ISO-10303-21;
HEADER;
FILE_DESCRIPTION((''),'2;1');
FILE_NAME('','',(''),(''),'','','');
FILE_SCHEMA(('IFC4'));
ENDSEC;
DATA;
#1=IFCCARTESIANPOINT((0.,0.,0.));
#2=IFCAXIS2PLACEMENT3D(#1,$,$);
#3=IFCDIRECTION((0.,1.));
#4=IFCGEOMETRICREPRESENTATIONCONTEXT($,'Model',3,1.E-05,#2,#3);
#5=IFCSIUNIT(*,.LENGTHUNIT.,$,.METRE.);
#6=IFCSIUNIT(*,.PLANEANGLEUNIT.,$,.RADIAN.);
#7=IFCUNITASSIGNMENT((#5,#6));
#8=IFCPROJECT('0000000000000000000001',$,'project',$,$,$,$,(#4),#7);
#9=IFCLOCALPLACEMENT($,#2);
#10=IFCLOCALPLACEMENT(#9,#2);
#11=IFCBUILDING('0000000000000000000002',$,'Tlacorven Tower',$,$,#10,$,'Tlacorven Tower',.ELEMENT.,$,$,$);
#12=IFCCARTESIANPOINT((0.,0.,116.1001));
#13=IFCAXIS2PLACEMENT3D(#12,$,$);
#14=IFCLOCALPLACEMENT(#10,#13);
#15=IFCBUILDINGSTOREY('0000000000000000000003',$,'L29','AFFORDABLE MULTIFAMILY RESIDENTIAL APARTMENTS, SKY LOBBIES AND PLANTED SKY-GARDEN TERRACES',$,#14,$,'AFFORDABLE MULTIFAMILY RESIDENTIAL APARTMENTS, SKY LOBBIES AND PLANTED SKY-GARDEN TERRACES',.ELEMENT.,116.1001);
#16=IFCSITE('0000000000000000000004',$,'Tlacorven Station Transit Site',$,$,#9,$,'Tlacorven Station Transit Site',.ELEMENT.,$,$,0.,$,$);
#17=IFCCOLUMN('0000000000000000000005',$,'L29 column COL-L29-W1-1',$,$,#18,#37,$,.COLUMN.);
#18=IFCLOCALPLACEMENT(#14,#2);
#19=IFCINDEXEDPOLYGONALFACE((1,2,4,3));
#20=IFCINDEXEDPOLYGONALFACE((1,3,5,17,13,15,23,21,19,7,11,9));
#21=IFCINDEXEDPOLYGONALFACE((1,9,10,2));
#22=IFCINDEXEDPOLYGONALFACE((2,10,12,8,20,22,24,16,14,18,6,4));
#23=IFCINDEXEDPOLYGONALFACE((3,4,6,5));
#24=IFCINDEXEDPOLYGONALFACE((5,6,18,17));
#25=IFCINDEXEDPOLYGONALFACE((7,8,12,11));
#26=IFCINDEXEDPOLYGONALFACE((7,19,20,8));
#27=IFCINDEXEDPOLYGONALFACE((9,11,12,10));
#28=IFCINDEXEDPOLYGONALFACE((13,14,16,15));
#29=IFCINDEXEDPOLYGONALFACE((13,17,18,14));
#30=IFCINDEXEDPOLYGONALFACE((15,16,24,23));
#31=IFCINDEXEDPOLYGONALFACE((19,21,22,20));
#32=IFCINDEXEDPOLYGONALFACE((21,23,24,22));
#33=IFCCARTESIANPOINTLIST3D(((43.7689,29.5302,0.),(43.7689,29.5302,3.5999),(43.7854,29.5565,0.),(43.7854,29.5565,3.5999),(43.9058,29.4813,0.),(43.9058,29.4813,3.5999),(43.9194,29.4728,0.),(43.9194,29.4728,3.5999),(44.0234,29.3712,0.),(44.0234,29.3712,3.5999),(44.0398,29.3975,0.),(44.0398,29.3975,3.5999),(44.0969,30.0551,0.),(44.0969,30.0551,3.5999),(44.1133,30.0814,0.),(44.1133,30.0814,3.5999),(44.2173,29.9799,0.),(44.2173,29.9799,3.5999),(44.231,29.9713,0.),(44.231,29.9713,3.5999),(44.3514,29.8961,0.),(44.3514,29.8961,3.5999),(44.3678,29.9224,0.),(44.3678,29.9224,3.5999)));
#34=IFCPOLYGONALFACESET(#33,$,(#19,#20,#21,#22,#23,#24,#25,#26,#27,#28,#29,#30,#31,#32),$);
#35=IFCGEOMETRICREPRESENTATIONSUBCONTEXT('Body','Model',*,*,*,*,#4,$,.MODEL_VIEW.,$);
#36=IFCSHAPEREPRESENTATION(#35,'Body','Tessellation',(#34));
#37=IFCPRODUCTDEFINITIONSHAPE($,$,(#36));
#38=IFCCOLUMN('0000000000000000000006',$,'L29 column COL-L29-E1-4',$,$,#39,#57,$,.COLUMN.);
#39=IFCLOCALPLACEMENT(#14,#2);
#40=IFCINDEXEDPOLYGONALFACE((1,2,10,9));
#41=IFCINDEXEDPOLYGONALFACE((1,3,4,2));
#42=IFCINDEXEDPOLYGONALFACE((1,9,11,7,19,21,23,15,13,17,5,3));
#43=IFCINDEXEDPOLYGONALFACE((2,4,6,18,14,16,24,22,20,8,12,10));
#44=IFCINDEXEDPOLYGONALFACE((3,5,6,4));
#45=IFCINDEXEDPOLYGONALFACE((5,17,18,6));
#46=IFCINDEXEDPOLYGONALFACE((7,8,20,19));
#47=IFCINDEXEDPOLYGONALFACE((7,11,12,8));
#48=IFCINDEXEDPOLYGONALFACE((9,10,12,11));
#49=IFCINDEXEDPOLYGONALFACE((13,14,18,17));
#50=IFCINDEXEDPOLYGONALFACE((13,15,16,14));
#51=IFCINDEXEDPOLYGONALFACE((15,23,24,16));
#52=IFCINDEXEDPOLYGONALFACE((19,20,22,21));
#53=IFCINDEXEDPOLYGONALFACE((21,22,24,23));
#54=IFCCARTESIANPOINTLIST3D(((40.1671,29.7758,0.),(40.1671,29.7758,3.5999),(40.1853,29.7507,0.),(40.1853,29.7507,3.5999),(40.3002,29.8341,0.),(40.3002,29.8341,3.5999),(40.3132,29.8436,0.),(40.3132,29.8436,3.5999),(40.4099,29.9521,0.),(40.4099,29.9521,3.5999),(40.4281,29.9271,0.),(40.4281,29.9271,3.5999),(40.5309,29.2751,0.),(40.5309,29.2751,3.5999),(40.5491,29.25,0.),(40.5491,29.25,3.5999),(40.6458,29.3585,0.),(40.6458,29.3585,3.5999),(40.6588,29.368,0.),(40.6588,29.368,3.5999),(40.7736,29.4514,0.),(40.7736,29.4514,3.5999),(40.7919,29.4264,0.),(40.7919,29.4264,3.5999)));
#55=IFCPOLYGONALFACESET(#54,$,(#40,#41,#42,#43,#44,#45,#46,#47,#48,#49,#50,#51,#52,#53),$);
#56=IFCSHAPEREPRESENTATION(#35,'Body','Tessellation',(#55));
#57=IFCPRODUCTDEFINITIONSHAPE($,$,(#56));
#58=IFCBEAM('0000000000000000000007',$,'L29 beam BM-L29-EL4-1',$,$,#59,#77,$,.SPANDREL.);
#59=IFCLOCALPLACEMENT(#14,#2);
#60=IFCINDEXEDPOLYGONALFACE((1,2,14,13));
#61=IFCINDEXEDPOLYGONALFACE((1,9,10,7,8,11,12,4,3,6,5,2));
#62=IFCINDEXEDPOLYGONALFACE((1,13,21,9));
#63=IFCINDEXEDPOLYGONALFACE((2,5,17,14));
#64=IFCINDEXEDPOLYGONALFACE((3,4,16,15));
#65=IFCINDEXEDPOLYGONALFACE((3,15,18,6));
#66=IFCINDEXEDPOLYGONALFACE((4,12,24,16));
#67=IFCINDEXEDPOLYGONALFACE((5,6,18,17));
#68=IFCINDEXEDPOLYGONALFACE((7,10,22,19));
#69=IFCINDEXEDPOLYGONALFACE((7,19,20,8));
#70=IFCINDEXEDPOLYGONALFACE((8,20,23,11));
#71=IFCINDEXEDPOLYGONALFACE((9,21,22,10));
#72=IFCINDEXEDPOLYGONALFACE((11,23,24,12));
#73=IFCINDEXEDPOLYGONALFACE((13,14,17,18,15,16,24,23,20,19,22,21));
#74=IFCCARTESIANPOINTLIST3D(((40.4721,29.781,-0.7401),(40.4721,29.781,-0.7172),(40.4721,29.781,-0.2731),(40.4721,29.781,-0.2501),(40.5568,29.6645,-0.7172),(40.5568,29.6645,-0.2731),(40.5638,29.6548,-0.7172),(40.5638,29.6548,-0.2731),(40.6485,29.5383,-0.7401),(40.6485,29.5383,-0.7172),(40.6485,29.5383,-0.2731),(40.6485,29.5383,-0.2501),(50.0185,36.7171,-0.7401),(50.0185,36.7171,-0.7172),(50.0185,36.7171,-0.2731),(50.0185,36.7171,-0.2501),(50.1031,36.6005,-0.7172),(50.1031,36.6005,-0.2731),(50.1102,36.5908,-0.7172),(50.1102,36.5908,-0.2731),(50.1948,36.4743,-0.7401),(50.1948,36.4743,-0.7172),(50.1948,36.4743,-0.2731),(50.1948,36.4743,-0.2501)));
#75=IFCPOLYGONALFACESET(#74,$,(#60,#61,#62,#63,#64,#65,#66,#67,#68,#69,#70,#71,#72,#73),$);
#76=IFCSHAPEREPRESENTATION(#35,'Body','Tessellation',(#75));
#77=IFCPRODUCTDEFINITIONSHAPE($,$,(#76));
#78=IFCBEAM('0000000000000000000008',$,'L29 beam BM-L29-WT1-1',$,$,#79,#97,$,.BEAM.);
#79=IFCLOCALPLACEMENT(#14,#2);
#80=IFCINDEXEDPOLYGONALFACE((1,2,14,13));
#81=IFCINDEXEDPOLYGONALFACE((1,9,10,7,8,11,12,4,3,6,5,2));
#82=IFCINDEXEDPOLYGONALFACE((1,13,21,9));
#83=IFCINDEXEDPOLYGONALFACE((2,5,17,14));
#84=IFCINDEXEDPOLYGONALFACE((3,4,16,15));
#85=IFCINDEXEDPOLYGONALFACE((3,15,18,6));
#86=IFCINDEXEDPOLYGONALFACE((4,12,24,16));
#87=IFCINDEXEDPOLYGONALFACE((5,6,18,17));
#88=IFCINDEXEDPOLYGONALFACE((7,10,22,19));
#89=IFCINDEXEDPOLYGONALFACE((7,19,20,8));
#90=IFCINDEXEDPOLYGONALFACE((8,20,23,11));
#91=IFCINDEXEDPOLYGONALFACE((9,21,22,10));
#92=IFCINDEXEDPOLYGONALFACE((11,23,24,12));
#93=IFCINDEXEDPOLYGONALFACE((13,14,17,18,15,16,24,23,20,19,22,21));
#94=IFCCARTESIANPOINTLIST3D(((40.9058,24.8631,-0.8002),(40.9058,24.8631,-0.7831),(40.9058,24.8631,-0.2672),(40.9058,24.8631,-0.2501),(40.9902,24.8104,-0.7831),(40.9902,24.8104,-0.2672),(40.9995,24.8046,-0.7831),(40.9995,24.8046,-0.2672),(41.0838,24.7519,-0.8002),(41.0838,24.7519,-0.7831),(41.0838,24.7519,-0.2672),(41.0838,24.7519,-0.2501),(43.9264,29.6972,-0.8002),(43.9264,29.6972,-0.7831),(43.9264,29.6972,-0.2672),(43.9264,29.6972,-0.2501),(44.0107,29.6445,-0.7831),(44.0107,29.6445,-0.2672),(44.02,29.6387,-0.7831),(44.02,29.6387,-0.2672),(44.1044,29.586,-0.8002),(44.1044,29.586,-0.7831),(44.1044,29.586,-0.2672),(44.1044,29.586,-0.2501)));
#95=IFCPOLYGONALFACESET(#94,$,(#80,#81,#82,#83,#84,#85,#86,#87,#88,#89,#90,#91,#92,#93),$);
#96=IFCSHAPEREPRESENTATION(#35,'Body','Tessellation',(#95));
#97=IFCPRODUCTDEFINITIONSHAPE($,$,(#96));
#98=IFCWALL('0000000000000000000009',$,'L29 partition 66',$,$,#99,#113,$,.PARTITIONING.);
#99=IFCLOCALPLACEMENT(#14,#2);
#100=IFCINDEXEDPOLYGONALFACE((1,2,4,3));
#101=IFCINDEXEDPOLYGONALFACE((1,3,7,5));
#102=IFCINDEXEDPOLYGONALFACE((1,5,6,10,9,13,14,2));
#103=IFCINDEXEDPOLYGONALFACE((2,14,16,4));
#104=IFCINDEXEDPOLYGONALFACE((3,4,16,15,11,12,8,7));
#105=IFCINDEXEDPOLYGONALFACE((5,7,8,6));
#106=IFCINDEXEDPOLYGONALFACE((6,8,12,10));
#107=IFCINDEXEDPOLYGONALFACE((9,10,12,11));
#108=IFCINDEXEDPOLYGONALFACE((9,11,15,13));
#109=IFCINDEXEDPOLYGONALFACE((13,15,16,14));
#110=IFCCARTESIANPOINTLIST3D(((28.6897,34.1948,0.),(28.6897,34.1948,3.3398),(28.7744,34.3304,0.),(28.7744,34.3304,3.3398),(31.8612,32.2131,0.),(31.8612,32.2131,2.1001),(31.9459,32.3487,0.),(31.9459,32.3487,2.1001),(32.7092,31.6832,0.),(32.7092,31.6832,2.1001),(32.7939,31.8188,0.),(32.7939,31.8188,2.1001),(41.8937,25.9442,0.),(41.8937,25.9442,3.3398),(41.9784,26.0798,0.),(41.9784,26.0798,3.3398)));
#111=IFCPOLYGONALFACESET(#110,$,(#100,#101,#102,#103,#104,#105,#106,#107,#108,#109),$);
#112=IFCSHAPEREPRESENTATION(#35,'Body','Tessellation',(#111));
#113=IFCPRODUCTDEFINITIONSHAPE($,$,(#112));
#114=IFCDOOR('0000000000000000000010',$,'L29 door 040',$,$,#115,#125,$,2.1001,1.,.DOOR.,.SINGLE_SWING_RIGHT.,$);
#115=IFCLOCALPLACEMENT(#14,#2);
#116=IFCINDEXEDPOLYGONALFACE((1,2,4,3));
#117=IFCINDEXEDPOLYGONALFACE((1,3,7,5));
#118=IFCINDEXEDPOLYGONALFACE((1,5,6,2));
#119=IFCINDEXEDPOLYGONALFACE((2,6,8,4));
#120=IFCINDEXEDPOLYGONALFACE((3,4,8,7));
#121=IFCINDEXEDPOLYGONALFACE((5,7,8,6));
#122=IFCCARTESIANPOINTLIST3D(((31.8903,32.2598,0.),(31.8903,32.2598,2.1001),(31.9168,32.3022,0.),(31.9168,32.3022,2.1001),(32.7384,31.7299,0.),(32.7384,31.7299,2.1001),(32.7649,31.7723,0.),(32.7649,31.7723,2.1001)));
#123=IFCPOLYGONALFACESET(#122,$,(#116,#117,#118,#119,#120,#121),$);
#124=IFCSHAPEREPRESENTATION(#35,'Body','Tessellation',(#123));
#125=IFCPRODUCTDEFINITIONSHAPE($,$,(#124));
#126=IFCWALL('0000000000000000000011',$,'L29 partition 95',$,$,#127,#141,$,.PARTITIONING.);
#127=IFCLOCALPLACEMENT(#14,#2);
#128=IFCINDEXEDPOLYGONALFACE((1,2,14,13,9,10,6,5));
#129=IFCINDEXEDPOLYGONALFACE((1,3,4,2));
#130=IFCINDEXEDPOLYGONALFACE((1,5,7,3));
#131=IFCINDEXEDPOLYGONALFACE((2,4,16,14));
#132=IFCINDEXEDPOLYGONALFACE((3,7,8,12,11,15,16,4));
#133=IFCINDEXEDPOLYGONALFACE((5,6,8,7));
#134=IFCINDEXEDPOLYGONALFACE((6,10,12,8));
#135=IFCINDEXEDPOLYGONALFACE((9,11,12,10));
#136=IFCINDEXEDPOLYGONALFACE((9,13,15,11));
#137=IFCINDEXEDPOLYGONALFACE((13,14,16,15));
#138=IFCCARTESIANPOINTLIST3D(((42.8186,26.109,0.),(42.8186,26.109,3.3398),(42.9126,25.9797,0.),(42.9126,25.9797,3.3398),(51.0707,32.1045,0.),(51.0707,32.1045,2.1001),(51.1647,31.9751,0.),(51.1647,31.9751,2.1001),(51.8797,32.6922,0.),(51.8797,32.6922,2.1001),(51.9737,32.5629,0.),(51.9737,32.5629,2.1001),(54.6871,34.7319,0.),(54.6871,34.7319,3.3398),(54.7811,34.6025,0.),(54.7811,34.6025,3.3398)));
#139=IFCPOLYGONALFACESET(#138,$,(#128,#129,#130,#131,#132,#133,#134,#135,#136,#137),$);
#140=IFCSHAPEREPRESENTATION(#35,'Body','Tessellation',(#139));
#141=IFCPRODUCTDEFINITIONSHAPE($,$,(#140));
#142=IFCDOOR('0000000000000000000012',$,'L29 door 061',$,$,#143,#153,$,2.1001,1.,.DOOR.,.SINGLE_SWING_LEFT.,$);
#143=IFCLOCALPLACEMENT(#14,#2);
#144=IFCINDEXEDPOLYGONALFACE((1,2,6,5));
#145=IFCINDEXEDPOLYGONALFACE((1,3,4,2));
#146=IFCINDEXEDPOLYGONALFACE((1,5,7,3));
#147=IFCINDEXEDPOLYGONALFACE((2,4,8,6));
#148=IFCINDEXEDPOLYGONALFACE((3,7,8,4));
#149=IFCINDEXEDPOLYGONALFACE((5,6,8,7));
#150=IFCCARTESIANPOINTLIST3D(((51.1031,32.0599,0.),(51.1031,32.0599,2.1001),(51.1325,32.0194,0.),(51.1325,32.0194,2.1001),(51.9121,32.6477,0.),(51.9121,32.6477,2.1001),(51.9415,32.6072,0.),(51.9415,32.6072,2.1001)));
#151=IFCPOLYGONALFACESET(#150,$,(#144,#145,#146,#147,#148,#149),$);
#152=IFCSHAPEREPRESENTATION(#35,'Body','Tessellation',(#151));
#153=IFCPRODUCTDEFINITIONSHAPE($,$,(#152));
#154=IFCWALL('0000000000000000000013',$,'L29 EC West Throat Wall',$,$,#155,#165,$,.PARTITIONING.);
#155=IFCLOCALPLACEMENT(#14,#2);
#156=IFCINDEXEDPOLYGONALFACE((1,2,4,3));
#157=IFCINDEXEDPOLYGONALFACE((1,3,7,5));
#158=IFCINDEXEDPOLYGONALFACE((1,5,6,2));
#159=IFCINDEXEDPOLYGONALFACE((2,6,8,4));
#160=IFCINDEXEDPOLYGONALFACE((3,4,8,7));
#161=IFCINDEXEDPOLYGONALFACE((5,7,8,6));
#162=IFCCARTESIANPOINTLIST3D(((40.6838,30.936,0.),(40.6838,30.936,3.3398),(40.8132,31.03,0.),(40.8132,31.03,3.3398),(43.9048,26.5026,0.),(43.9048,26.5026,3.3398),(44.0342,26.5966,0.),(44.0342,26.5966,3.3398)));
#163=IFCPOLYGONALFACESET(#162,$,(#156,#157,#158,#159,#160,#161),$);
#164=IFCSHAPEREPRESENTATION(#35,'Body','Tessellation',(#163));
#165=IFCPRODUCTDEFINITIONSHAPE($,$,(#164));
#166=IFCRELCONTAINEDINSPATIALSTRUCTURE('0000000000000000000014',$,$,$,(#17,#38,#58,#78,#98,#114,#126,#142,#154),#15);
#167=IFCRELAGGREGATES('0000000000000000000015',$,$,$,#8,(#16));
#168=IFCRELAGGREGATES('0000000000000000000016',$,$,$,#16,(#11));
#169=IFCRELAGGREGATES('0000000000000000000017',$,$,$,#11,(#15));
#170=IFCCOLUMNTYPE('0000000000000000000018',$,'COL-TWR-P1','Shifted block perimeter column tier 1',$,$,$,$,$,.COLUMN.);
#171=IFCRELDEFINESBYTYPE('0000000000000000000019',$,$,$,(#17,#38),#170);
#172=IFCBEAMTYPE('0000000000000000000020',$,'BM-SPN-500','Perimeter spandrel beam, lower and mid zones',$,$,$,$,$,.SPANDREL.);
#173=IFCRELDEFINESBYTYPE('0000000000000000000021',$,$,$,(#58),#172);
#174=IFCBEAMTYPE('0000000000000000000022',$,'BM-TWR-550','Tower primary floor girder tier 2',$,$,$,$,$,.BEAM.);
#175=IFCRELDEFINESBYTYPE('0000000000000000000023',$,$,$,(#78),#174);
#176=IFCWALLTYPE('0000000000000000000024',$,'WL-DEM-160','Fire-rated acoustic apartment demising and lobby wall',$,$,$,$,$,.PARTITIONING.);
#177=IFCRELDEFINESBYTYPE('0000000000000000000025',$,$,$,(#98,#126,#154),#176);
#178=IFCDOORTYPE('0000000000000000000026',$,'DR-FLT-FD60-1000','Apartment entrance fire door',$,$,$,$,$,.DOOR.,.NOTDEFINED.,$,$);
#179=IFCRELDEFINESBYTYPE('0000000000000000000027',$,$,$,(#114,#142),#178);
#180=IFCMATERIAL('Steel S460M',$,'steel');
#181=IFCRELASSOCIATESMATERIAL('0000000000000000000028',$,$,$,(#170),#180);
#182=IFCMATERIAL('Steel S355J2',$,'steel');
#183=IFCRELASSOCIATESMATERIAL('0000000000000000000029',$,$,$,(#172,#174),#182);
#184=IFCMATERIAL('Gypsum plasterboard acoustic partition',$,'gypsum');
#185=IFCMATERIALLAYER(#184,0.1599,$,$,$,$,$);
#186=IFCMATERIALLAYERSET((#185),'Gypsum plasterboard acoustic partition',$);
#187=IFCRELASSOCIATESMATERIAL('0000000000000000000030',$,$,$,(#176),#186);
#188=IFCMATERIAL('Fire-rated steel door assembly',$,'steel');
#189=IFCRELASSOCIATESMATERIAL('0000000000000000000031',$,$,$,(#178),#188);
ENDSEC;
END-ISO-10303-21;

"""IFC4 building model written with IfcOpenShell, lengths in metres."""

from ifc_helpers import new_model, si_unit, direction, frame, frame_2d, origin, origin_2d, place, context, subcontext, project, spatial, rectangle, i_section, extrude, source, transform, mapped, material, layer, layer_set, material_profile, profile_set, type_object, element, fill, save


model = new_model("IFC4")

# Units and contexts
model_context = context("Model", 3, precision=1e-05, world=origin(), true_north=direction((0.0, 1.0)))
body_context = subcontext(model_context, "Body", "Model", "MODEL_VIEW")
ifc_project = project(units=[si_unit("LENGTHUNIT", "METRE"), si_unit("PLANEANGLEUNIT", "RADIAN")], contexts=[model_context])

# Site, building, storey
site_placement = place(None, origin())
site = spatial("IfcSite", under=ifc_project, at=site_placement, Name="Tlacorven Station Transit Site", LongName="Tlacorven Station Transit Site", CompositionType="ELEMENT", RefElevation=0.0)
building_placement = place(site_placement, origin())
building = spatial("IfcBuilding", under=site, at=building_placement, Name="Tlacorven Tower", LongName="Tlacorven Tower", CompositionType="ELEMENT")
storey_placement = place(building_placement, frame((0.0, 0.0, 116.1001)))
storey = spatial("IfcBuildingStorey", under=building, at=storey_placement, Name="L29", Description="AFFORDABLE MULTIFAMILY RESIDENTIAL APARTMENTS, SKY LOBBIES AND PLANTED SKY-GARDEN TERRACES", LongName="AFFORDABLE MULTIFAMILY RESIDENTIAL APARTMENTS, SKY LOBBIES AND PLANTED SKY-GARDEN TERRACES", CompositionType="ELEMENT", Elevation=116.1001)

# Columns
ifc_material_1 = material(Name="Steel S460M", Category="steel")
ifc_material_profile_1 = material_profile(ifc_material_1, i_section(OverallWidth=0.3, OverallDepth=0.6499, WebThickness=0.0161, FlangeThickness=0.031, at=origin_2d()), Name="HEB 650")
ifc_profile_set_1 = profile_set([ifc_material_profile_1], Name="Steel S460M")
column_type = type_object("IfcColumnType", Name="COL-TWR-P1", Description="Shifted block perimeter column tier 1", PredefinedType="COLUMN", material=ifc_profile_set_1)
shared_shape_1 = source(origin(), body_context, "Body", "SweptSolid", [
    extrude(i_section(OverallWidth=0.3, OverallDepth=0.6499, WebThickness=0.0161, FlangeThickness=0.031, at=origin_2d()), origin(), (0.0, 0.0, 1.0), 3.5999),
])
for number, where, z_axis, x_axis, name in (
    (1, (44.0684, 29.7263, 0.0), (0.0, 0.0, 1.0), (-0.848048, 0.529919, 0.0), "L29 column COL-L29-W1-1"),
    (2, (40.4795, 29.6011, 0.0), (0.0, 0.0, 1.0), (0.809017, 0.587785, 0.0), "L29 column COL-L29-E1-4"),
):
    element("IfcColumn", number, at=place(storey_placement, frame(where, z_axis=z_axis, x_axis=x_axis)), inside=storey, type_object=column_type, Name=name, PredefinedType="COLUMN", context=body_context, shape_type="MappedRepresentation", body=[
        mapped(shared_shape_1, transform((0.0, 0.0, 0.0), scale=1.0)),
    ])

# Beams
ifc_material_2 = material(Name="Steel S355J2", Category="steel")
ifc_material_profile_2 = material_profile(ifc_material_2, i_section(OverallWidth=0.3, OverallDepth=0.49, WebThickness=0.012, FlangeThickness=0.0229, at=origin_2d()), Name="HEA 500")
ifc_profile_set_2 = profile_set([ifc_material_profile_2], Name="Steel S355J2")
beam_type_1 = type_object("IfcBeamType", Name="BM-SPN-500", Description="Perimeter spandrel beam, lower and mid zones", PredefinedType="SPANDREL", material=ifc_profile_set_2)
shared_shape_2 = source(origin(), body_context, "Body", "SweptSolid", [
    extrude(i_section(OverallWidth=0.3, OverallDepth=0.49, WebThickness=0.012, FlangeThickness=0.0229, at=origin_2d()), origin(), (0.0, 0.0, 1.0), 11.8),
])
beam_1_placement = place(storey_placement, frame((40.5603, 29.6597, -0.4951), z_axis=(0.80901, 0.587795, 0.0), x_axis=(-0.587795, 0.80901, 0.0)))
element("IfcBeam", 3, at=beam_1_placement, inside=storey, type_object=beam_type_1, Name="L29 beam BM-L29-EL4-1", PredefinedType="SPANDREL", context=body_context, shape_type="MappedRepresentation", body=[
    mapped(shared_shape_2, transform((0.0, 0.0, 0.0), scale=1.0)),
])
ifc_material_profile_3 = material_profile(ifc_material_2, i_section(OverallWidth=0.21, OverallDepth=0.55, WebThickness=0.011, FlangeThickness=0.0171, at=origin_2d()), Name="IPE 550")
ifc_profile_set_3 = profile_set([ifc_material_profile_3], Name="Steel S355J2")
beam_type_2 = type_object("IfcBeamType", Name="BM-TWR-550", Description="Tower primary floor girder tier 2", PredefinedType="BEAM", material=ifc_profile_set_3)
shared_shape_3 = source(origin(), body_context, "Body", "SweptSolid", [
    extrude(i_section(OverallWidth=0.21, OverallDepth=0.55, WebThickness=0.011, FlangeThickness=0.0171, at=origin_2d()), origin(), (0.0, 0.0, 1.0), 5.7002),
])
beam_2_placement = place(storey_placement, frame((44.0154, 29.6416, -0.5251), z_axis=(-0.529907, -0.848056, 0.0), x_axis=(0.848056, -0.529907, 0.0)))
element("IfcBeam", 4, at=beam_2_placement, inside=storey, type_object=beam_type_2, Name="L29 beam BM-L29-WT1-1", PredefinedType="BEAM", context=body_context, shape_type="MappedRepresentation", body=[
    mapped(shared_shape_3, transform((0.0, 0.0, 0.0), scale=1.0)),
])

# Walls, openings, doors
ifc_material_3 = material(Name="Gypsum plasterboard acoustic partition", Category="gypsum")
ifc_layer_1 = layer(ifc_material_3, 0.1599)
ifc_layer_set_1 = layer_set([ifc_layer_1], Name="Gypsum plasterboard acoustic partition")
wall_type_1 = type_object("IfcWallType", Name="WL-DEM-160", Description="Fire-rated acoustic apartment demising and lobby wall", PredefinedType="PARTITIONING", material=ifc_layer_set_1)
wall_1_placement = place(storey_placement, frame((41.936, 26.012, 0.0), z_axis=(0.0, 0.0, 1.0), x_axis=(-0.848051, 0.529914, 0.0)))
wall_1 = element("IfcWall", 5, at=wall_1_placement, inside=storey, type_object=wall_type_1, Name="L29 partition 66", PredefinedType="PARTITIONING", context=body_context, shape_type="SweptSolid", body=[
    extrude(rectangle(XDim=15.5698, YDim=0.1599, at=frame_2d((7.7849, 0.0))), origin(), (0.0, 0.0, 1.0), 3.3398),
])
opening_1_placement = place(wall_1_placement, frame((10.8301, 0.0, 0.0)))
opening_1 = element("IfcOpeningElement", 6, at=opening_1_placement, cuts=wall_1, PredefinedType="OPENING", context=body_context, shape_type="SweptSolid", body=[
    extrude(rectangle(XDim=1.0, YDim=2.1001, at=frame_2d((0.5, 1.05))), frame((0.0, 0.0898, 0.0), z_axis=(0.0, -1.0, 0.0), x_axis=(1.0, 0.0, 0.0)), (0.0, 0.0, 1.0), 0.1799),
])
ifc_material_4 = material(Name="Fire-rated steel door assembly", Category="steel")
door_type_1 = type_object("IfcDoorType", Name="DR-FLT-FD60-1000", Description="Apartment entrance fire door", OperationType="NOTDEFINED", PredefinedType="DOOR", material=ifc_material_4)
shared_shape_4 = source(origin(), body_context, "Body", "SweptSolid", [
    extrude(rectangle(XDim=1.0, YDim=2.1001, at=frame_2d((0.5, 1.05))), frame((0.0, 0.0249, 0.0), z_axis=(0.0, -1.0, 0.0), x_axis=(1.0, 0.0, 0.0)), (0.0, 0.0, 1.0), 0.05),
])
door_1_placement = place(opening_1_placement, origin())
door_1 = element("IfcDoor", 7, at=door_1_placement, inside=storey, type_object=door_type_1, Name="L29 door 040", OperationType="SINGLE_SWING_RIGHT", OverallHeight=2.1001, OverallWidth=1.0, PredefinedType="DOOR", context=body_context, shape_type="MappedRepresentation", body=[
    mapped(shared_shape_4, transform((0.0, 0.0, 0.0), scale=1.0)),
])
fill(opening_1, door_1)
wall_2_placement = place(storey_placement, frame((42.8657, 26.0444, 0.0), z_axis=(0.0, 0.0, 1.0), x_axis=(0.80902, 0.587781, 0.0)))
wall_2 = element("IfcWall", 8, at=wall_2_placement, inside=storey, type_object=wall_type_1, Name="L29 partition 95", PredefinedType="PARTITIONING", context=body_context, shape_type="SweptSolid", body=[
    extrude(rectangle(XDim=14.6702, YDim=0.1599, at=frame_2d((7.335, 0.0))), origin(), (0.0, 0.0, 1.0), 3.3398),
])
opening_2_placement = place(wall_2_placement, frame((10.2, 0.0, 0.0)))
opening_2 = element("IfcOpeningElement", 9, at=opening_2_placement, cuts=wall_2, PredefinedType="OPENING", context=body_context, shape_type="SweptSolid", body=[
    extrude(rectangle(XDim=1.0, YDim=2.1001, at=frame_2d((0.5, 1.05))), frame((0.0, 0.0898, 0.0), z_axis=(0.0, -1.0, 0.0), x_axis=(1.0, 0.0, 0.0)), (0.0, 0.0, 1.0), 0.1799),
])
door_2_placement = place(opening_2_placement, origin())
door_2 = element("IfcDoor", 10, at=door_2_placement, inside=storey, type_object=door_type_1, Name="L29 door 061", OperationType="SINGLE_SWING_LEFT", OverallHeight=2.1001, OverallWidth=1.0, PredefinedType="DOOR", context=body_context, shape_type="MappedRepresentation", body=[
    mapped(shared_shape_4, transform((0.0, 0.0, 0.0), scale=1.0)),
])
fill(opening_2, door_2)

# Wall
wall_3_placement = place(storey_placement, frame((43.9695, 26.5496, 0.0), z_axis=(0.0, 0.0, 1.0), x_axis=(-0.587777, 0.809023, 0.0)))
element("IfcWall", 11, at=wall_3_placement, inside=storey, type_object=wall_type_1, Name="L29 EC West Throat Wall", PredefinedType="PARTITIONING", context=body_context, shape_type="SweptSolid", body=[
    extrude(rectangle(XDim=5.48, YDim=0.1599, at=frame_2d((2.74, 0.0))), origin(), (0.0, 0.0, 1.0), 3.3398),
])

save(model, "model.ifc")
